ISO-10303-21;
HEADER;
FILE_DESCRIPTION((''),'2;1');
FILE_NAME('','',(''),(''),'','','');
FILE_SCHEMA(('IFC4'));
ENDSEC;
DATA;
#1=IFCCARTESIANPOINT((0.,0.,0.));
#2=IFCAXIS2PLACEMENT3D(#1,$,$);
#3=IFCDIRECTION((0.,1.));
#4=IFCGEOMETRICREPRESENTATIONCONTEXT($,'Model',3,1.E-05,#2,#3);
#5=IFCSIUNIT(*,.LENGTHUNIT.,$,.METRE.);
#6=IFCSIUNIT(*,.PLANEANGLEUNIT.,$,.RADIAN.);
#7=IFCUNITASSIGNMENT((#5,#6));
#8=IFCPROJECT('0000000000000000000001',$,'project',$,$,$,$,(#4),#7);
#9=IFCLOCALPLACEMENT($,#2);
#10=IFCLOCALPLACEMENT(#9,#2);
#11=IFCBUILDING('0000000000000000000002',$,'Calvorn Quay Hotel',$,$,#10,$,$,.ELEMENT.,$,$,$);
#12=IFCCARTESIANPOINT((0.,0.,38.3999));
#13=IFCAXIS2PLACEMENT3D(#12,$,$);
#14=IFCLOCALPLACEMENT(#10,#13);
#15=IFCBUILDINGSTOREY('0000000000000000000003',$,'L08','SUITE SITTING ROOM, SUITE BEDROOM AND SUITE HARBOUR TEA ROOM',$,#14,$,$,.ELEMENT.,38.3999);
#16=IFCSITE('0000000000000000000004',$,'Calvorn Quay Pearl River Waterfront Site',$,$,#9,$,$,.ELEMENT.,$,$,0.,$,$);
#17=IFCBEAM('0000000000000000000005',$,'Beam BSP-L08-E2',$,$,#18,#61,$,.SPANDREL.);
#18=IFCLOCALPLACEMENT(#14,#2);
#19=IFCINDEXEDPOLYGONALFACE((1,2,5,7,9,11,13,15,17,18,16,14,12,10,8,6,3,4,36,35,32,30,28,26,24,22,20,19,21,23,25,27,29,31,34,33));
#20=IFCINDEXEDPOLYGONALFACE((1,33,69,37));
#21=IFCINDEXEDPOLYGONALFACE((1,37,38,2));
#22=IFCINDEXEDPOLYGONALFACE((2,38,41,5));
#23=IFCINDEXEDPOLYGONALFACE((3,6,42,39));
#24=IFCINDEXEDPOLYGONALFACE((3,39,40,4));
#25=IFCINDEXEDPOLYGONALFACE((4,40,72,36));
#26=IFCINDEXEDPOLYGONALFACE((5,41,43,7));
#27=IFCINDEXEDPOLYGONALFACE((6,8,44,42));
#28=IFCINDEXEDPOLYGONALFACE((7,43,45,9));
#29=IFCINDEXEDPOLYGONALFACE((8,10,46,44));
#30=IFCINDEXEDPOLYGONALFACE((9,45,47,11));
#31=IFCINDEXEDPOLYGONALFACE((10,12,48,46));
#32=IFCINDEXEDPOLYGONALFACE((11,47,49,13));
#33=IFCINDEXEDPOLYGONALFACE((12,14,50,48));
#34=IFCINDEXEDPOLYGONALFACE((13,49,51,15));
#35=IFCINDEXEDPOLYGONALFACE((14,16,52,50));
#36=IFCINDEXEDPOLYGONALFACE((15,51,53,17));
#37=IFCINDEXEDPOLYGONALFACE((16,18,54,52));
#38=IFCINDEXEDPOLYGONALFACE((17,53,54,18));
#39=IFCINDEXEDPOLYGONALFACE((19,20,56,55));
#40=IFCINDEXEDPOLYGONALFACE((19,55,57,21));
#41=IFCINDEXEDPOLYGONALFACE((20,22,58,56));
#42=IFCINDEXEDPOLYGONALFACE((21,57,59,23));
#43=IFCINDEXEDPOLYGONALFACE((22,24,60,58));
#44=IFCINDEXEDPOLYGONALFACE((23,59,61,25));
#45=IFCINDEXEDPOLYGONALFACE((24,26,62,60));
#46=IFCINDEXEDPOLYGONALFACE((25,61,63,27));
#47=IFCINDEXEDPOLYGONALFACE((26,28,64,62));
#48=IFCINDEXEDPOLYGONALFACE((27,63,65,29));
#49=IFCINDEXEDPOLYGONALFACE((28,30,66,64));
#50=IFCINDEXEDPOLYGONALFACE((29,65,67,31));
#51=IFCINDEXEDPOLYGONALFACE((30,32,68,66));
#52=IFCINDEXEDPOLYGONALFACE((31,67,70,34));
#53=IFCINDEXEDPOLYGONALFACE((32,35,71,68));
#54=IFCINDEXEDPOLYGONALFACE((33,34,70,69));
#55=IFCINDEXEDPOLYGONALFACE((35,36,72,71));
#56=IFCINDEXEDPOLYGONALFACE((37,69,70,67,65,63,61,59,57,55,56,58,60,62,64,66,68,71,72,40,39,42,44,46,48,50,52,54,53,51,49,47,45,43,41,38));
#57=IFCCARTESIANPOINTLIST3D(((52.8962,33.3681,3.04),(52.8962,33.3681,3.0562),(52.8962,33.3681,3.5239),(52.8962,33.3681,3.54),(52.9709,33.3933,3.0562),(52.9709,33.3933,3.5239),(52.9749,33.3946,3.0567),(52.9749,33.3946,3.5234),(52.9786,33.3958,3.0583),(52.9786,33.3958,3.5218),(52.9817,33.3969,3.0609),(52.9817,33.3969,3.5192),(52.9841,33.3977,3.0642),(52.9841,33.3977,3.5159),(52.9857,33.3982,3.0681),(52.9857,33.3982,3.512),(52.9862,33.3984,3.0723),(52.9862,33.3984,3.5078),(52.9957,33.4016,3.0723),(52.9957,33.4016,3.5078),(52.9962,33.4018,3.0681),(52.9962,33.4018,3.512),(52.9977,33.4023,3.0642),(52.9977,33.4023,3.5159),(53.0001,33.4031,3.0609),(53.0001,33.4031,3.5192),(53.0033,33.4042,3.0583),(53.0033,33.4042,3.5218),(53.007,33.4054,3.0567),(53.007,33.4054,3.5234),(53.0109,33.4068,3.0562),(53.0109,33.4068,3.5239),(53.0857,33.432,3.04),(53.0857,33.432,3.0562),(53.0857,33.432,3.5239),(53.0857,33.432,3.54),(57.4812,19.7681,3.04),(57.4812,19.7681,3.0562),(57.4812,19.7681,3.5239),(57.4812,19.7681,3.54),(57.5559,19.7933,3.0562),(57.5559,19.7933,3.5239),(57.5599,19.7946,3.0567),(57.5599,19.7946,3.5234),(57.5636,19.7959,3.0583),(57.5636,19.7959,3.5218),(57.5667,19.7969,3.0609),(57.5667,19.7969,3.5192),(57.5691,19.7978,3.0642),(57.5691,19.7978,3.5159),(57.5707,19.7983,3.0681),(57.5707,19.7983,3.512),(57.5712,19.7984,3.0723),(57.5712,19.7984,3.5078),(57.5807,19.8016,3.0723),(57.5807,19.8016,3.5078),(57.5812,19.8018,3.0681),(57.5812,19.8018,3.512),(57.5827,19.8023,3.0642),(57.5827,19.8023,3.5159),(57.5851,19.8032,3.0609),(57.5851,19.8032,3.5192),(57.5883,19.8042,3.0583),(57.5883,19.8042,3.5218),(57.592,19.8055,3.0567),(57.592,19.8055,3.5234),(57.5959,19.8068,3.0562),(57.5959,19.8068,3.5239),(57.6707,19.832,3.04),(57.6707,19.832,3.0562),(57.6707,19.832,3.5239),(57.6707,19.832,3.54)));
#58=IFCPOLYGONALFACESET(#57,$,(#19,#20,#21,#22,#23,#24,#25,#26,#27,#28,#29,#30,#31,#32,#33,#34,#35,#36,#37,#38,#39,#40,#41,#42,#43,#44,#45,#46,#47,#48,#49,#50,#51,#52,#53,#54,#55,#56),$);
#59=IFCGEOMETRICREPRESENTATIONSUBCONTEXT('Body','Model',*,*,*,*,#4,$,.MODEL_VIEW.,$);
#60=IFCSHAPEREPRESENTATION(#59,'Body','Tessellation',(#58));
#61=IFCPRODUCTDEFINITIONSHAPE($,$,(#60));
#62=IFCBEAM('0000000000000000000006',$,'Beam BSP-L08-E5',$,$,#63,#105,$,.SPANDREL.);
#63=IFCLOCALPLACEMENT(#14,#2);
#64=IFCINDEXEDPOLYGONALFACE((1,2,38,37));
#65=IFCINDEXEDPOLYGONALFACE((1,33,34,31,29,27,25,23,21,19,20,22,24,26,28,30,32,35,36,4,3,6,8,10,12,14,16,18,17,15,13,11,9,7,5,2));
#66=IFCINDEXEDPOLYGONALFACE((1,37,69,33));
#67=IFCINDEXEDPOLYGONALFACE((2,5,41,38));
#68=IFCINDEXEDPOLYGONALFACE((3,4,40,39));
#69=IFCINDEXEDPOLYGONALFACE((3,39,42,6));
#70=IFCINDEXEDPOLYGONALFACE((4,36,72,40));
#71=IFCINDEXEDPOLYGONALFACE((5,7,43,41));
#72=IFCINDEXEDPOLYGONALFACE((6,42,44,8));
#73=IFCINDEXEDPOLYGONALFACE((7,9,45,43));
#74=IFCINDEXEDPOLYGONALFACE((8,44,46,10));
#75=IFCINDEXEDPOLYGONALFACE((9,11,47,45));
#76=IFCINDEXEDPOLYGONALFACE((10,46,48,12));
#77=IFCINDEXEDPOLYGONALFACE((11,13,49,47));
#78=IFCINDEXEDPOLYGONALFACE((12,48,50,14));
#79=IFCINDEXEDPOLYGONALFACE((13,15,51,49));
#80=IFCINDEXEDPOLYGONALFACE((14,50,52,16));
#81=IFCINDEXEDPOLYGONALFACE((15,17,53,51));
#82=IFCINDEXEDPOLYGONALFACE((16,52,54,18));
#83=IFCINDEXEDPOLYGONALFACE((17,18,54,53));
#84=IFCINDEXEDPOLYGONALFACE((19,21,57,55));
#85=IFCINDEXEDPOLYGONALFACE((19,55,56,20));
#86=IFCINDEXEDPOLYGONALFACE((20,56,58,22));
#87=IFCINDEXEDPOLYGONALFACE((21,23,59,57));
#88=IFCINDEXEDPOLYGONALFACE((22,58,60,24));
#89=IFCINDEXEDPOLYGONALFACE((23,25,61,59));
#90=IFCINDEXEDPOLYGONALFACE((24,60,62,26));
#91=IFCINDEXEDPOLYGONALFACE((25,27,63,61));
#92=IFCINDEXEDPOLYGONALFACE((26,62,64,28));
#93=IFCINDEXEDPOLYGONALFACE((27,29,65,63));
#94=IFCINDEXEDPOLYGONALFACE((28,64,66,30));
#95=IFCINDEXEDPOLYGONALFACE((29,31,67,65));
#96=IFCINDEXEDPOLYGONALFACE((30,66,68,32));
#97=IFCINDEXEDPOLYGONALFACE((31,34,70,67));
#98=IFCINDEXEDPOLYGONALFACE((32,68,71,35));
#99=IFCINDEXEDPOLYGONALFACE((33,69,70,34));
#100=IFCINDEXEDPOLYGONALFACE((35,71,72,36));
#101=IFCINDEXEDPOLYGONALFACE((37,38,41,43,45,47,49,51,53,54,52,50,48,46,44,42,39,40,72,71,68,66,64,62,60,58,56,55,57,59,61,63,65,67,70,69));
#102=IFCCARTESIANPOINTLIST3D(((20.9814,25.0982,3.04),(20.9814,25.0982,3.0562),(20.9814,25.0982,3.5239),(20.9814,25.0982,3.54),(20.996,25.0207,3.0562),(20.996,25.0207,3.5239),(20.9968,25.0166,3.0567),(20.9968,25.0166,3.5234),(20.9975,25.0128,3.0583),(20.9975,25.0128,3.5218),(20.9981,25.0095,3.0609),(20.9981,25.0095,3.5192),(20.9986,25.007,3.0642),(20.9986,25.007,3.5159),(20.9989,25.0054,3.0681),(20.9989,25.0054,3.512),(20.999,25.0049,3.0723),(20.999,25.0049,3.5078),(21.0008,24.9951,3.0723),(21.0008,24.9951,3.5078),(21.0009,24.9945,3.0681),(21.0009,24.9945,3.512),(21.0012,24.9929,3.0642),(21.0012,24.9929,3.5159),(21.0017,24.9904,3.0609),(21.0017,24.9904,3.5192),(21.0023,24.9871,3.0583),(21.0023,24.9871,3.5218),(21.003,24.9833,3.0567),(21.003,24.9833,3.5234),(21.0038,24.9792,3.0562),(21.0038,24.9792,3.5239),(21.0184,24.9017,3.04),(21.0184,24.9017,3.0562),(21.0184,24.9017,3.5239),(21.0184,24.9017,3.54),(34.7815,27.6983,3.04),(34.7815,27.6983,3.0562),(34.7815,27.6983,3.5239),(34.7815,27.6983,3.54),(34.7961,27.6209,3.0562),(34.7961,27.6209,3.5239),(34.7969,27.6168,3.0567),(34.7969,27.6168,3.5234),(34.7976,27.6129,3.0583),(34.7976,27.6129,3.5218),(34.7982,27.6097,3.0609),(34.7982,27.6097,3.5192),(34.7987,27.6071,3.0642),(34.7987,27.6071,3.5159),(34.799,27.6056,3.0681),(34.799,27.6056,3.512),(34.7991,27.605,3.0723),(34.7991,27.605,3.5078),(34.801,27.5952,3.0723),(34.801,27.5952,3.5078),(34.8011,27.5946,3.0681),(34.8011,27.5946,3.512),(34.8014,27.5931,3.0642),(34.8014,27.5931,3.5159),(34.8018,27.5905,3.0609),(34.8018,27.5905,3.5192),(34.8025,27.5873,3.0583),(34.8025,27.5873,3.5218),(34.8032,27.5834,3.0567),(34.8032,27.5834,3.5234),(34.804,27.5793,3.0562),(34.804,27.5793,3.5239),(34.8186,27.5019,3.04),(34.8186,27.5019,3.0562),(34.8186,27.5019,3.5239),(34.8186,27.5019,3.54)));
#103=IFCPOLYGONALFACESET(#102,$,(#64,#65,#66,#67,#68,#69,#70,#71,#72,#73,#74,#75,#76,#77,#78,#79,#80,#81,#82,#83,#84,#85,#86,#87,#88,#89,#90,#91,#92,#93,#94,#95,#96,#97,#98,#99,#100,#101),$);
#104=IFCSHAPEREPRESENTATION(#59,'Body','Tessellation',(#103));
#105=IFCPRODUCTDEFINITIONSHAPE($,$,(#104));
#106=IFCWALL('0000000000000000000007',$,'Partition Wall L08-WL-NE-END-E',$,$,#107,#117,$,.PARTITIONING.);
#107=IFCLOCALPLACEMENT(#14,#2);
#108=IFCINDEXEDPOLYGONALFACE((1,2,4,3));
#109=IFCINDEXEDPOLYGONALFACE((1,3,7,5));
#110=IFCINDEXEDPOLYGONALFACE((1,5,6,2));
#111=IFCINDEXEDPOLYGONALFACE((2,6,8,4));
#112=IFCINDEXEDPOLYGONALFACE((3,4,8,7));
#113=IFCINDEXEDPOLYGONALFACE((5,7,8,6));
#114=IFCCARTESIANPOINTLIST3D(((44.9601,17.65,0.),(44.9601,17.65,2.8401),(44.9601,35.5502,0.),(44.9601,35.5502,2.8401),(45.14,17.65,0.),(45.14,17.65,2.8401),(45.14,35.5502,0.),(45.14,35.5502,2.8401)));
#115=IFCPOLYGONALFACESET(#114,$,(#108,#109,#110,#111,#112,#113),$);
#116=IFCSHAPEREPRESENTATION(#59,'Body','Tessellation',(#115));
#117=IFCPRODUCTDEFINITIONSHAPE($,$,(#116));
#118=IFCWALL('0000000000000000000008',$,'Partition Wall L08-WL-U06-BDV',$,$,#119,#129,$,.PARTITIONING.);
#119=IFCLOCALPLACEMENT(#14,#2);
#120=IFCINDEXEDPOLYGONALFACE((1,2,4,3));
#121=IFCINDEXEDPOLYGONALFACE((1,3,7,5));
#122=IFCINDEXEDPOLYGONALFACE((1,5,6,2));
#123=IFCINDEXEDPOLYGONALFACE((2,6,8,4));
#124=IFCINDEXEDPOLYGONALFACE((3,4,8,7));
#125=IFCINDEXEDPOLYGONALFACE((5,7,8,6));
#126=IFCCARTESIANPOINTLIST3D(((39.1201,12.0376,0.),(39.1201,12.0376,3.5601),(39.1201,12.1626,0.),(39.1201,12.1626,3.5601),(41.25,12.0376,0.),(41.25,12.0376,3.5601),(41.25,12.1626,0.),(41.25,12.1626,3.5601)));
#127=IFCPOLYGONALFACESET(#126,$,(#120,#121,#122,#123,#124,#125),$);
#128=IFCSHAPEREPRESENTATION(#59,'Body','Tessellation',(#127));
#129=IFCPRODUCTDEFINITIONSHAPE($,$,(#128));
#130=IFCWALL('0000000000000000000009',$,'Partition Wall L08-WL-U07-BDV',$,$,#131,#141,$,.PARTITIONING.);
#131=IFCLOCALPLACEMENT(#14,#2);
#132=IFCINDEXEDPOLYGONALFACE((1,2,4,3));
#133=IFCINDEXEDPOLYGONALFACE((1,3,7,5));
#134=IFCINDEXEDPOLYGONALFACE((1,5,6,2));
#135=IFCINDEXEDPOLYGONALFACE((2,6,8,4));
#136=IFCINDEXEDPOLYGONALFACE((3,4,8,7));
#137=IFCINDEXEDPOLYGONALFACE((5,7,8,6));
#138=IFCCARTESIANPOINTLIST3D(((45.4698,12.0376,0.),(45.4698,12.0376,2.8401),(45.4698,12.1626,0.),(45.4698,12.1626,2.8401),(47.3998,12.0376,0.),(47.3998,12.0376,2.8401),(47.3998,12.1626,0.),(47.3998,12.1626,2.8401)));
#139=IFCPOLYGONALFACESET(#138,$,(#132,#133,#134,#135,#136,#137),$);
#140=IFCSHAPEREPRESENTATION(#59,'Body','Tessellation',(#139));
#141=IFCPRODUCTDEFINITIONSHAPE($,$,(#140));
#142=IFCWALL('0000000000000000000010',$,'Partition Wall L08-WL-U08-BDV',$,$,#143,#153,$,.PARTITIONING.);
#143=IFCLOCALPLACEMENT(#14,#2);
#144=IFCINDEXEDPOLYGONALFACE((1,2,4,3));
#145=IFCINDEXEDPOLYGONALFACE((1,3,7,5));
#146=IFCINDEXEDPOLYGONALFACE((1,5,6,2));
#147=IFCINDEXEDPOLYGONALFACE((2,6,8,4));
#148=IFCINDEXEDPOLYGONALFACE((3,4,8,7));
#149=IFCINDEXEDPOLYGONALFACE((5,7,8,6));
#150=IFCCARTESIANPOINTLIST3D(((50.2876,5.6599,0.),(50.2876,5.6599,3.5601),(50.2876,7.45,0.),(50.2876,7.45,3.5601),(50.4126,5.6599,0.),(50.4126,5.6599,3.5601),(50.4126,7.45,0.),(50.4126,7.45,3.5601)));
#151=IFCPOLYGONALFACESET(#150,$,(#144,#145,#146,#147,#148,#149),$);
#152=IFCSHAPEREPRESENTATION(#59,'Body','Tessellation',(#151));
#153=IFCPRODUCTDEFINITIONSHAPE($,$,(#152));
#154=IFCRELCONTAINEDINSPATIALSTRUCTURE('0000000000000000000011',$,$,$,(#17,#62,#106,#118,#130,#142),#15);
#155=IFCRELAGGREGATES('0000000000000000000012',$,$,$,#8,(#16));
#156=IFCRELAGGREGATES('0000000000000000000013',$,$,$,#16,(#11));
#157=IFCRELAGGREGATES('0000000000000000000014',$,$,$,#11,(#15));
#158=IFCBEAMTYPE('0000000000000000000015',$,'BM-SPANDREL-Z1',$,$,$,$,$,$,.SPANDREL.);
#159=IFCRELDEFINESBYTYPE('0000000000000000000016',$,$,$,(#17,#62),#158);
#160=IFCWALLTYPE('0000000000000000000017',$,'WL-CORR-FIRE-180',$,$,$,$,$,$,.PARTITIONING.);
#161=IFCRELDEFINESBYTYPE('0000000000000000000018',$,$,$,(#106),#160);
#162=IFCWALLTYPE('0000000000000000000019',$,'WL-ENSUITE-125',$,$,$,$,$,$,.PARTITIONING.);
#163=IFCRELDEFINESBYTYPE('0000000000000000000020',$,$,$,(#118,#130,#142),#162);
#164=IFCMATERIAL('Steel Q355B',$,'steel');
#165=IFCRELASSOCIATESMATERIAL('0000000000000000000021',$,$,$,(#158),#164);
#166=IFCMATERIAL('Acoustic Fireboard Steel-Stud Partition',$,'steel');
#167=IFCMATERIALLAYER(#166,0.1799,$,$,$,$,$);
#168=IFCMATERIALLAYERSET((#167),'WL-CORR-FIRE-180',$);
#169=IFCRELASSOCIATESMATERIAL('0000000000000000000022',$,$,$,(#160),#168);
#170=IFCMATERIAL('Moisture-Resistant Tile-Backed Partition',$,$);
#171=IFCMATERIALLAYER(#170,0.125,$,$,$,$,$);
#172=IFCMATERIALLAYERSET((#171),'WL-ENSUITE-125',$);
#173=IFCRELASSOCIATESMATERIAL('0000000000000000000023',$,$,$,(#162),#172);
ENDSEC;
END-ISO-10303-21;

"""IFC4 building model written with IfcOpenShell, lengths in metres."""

from ifc_helpers import new_model, si_unit, direction, frame, frame_2d, origin, origin_2d, place, context, subcontext, project, spatial, rectangle, i_section, extrude, material, layer, layer_set, material_profile, profile_set, type_object, element, save


model = new_model("IFC4")

# Units and contexts
model_context = context("Model", 3, precision=1e-05, world=origin(), true_north=direction((0.0, 1.0)))
body_context = subcontext(model_context, "Body", "Model", "MODEL_VIEW")
ifc_project = project(units=[si_unit("LENGTHUNIT", "METRE"), si_unit("PLANEANGLEUNIT", "RADIAN")], contexts=[model_context])

# Site, building, storey
site_placement = place(None, origin())
site = spatial("IfcSite", under=ifc_project, at=site_placement, Name="Calvorn Quay Pearl River Waterfront Site", CompositionType="ELEMENT", RefElevation=0.0)
building_placement = place(site_placement, origin())
building = spatial("IfcBuilding", under=site, at=building_placement, Name="Calvorn Quay Hotel", CompositionType="ELEMENT")
storey_placement = place(building_placement, frame((0.0, 0.0, 38.3999)))
storey = spatial("IfcBuildingStorey", under=building, at=storey_placement, Name="L08", Description="SUITE SITTING ROOM, SUITE BEDROOM AND SUITE HARBOUR TEA ROOM", CompositionType="ELEMENT", Elevation=38.3999)

# Beams
ifc_material_1 = material(Name="Steel Q355B", Category="steel")
ifc_material_profile_1 = material_profile(ifc_material_1, i_section(OverallWidth=0.2, OverallDepth=0.5, WebThickness=0.01, FlangeThickness=0.0161, FilletRadius=0.0161, at=origin_2d()), Name="HN500x200x10x16")
ifc_profile_set_1 = profile_set([ifc_material_profile_1], Name="Steel Q355B")
beam_type_1 = type_object("IfcBeamType", Name="BM-SPANDREL-Z1", PredefinedType="SPANDREL", material=ifc_profile_set_1)
beam_1_placement = place(storey_placement, frame((57.5759, 19.8, 3.29), z_axis=(-0.319467, 0.947598, 0.0), x_axis=(-0.947598, -0.319467, 0.0)))
element("IfcBeam", 1, at=beam_1_placement, inside=storey, type_object=beam_type_1, Name="Beam BSP-L08-E2", PredefinedType="SPANDREL", context=body_context, shape_type="SweptSolid", body=[
    extrude(i_section(OverallWidth=0.2, OverallDepth=0.5, WebThickness=0.01, FlangeThickness=0.0161, FilletRadius=0.0161, at=origin_2d()), origin(), (0.0, 0.0, 1.0), 14.3521),
])
beam_2_placement = place(storey_placement, frame((34.8, 27.6001, 3.29), z_axis=(-0.982709, -0.185154, 0.0), x_axis=(0.185154, -0.982709, 0.0)))
element("IfcBeam", 2, at=beam_2_placement, inside=storey, type_object=beam_type_1, Name="Beam BSP-L08-E5", PredefinedType="SPANDREL", context=body_context, shape_type="SweptSolid", body=[
    extrude(i_section(OverallWidth=0.2, OverallDepth=0.5, WebThickness=0.01, FlangeThickness=0.0161, FilletRadius=0.0161, at=origin_2d()), origin(), (0.0, 0.0, 1.0), 14.043),
])

# Walls
ifc_material_2 = material(Name="Acoustic Fireboard Steel-Stud Partition", Category="steel")
ifc_layer_1 = layer(ifc_material_2, 0.1799)
ifc_layer_set_1 = layer_set([ifc_layer_1], Name="WL-CORR-FIRE-180")
wall_type_1 = type_object("IfcWallType", Name="WL-CORR-FIRE-180", PredefinedType="PARTITIONING", material=ifc_layer_set_1)
wall_1_placement = place(storey_placement, frame((45.05, 17.6499, 0.0), z_axis=(0.0, 0.0, 1.0), x_axis=(0.0, 1.0, 0.0)))
element("IfcWall", 3, at=wall_1_placement, inside=storey, type_object=wall_type_1, Name="Partition Wall L08-WL-NE-END-E", PredefinedType="PARTITIONING", context=body_context, shape_type="SweptSolid", body=[
    extrude(rectangle(XDim=17.9001, YDim=0.1799, at=frame_2d((8.9502, 0.0))), origin(), (0.0, 0.0, 1.0), 2.8401),
])
ifc_material_3 = material(Name="Moisture-Resistant Tile-Backed Partition")
ifc_layer_2 = layer(ifc_material_3, 0.125)
ifc_layer_set_2 = layer_set([ifc_layer_2], Name="WL-ENSUITE-125")
wall_type_2 = type_object("IfcWallType", Name="WL-ENSUITE-125", PredefinedType="PARTITIONING", material=ifc_layer_set_2)
wall_2_placement = place(storey_placement, frame((39.1201, 12.1001, 0.0), z_axis=(0.0, 0.0, 1.0), x_axis=(1.0, 0.0, 0.0)))
element("IfcWall", 4, at=wall_2_placement, inside=storey, type_object=wall_type_2, Name="Partition Wall L08-WL-U06-BDV", PredefinedType="PARTITIONING", context=body_context, shape_type="SweptSolid", body=[
    extrude(rectangle(XDim=2.1299, YDim=0.125, at=frame_2d((1.0649, 0.0))), origin(), (0.0, 0.0, 1.0), 3.5601),
])
wall_3_placement = place(storey_placement, frame((45.47, 12.1001, 0.0), z_axis=(0.0, 0.0, 1.0), x_axis=(1.0, 0.0, 0.0)))
element("IfcWall", 5, at=wall_3_placement, inside=storey, type_object=wall_type_2, Name="Partition Wall L08-WL-U07-BDV", PredefinedType="PARTITIONING", context=body_context, shape_type="SweptSolid", body=[
    extrude(rectangle(XDim=1.9299, YDim=0.125, at=frame_2d((0.9648, 0.0))), origin(), (0.0, 0.0, 1.0), 2.8401),
])
wall_4_placement = place(storey_placement, frame((50.3501, 5.6599, 0.0), z_axis=(0.0, 0.0, 1.0), x_axis=(0.0, 1.0, 0.0)))
element("IfcWall", 6, at=wall_4_placement, inside=storey, type_object=wall_type_2, Name="Partition Wall L08-WL-U08-BDV", PredefinedType="PARTITIONING", context=body_context, shape_type="SweptSolid", body=[
    extrude(rectangle(XDim=1.79, YDim=0.125, at=frame_2d((0.895, 0.0))), origin(), (0.0, 0.0, 1.0), 3.5601),
])

save(model, "model.ifc")
